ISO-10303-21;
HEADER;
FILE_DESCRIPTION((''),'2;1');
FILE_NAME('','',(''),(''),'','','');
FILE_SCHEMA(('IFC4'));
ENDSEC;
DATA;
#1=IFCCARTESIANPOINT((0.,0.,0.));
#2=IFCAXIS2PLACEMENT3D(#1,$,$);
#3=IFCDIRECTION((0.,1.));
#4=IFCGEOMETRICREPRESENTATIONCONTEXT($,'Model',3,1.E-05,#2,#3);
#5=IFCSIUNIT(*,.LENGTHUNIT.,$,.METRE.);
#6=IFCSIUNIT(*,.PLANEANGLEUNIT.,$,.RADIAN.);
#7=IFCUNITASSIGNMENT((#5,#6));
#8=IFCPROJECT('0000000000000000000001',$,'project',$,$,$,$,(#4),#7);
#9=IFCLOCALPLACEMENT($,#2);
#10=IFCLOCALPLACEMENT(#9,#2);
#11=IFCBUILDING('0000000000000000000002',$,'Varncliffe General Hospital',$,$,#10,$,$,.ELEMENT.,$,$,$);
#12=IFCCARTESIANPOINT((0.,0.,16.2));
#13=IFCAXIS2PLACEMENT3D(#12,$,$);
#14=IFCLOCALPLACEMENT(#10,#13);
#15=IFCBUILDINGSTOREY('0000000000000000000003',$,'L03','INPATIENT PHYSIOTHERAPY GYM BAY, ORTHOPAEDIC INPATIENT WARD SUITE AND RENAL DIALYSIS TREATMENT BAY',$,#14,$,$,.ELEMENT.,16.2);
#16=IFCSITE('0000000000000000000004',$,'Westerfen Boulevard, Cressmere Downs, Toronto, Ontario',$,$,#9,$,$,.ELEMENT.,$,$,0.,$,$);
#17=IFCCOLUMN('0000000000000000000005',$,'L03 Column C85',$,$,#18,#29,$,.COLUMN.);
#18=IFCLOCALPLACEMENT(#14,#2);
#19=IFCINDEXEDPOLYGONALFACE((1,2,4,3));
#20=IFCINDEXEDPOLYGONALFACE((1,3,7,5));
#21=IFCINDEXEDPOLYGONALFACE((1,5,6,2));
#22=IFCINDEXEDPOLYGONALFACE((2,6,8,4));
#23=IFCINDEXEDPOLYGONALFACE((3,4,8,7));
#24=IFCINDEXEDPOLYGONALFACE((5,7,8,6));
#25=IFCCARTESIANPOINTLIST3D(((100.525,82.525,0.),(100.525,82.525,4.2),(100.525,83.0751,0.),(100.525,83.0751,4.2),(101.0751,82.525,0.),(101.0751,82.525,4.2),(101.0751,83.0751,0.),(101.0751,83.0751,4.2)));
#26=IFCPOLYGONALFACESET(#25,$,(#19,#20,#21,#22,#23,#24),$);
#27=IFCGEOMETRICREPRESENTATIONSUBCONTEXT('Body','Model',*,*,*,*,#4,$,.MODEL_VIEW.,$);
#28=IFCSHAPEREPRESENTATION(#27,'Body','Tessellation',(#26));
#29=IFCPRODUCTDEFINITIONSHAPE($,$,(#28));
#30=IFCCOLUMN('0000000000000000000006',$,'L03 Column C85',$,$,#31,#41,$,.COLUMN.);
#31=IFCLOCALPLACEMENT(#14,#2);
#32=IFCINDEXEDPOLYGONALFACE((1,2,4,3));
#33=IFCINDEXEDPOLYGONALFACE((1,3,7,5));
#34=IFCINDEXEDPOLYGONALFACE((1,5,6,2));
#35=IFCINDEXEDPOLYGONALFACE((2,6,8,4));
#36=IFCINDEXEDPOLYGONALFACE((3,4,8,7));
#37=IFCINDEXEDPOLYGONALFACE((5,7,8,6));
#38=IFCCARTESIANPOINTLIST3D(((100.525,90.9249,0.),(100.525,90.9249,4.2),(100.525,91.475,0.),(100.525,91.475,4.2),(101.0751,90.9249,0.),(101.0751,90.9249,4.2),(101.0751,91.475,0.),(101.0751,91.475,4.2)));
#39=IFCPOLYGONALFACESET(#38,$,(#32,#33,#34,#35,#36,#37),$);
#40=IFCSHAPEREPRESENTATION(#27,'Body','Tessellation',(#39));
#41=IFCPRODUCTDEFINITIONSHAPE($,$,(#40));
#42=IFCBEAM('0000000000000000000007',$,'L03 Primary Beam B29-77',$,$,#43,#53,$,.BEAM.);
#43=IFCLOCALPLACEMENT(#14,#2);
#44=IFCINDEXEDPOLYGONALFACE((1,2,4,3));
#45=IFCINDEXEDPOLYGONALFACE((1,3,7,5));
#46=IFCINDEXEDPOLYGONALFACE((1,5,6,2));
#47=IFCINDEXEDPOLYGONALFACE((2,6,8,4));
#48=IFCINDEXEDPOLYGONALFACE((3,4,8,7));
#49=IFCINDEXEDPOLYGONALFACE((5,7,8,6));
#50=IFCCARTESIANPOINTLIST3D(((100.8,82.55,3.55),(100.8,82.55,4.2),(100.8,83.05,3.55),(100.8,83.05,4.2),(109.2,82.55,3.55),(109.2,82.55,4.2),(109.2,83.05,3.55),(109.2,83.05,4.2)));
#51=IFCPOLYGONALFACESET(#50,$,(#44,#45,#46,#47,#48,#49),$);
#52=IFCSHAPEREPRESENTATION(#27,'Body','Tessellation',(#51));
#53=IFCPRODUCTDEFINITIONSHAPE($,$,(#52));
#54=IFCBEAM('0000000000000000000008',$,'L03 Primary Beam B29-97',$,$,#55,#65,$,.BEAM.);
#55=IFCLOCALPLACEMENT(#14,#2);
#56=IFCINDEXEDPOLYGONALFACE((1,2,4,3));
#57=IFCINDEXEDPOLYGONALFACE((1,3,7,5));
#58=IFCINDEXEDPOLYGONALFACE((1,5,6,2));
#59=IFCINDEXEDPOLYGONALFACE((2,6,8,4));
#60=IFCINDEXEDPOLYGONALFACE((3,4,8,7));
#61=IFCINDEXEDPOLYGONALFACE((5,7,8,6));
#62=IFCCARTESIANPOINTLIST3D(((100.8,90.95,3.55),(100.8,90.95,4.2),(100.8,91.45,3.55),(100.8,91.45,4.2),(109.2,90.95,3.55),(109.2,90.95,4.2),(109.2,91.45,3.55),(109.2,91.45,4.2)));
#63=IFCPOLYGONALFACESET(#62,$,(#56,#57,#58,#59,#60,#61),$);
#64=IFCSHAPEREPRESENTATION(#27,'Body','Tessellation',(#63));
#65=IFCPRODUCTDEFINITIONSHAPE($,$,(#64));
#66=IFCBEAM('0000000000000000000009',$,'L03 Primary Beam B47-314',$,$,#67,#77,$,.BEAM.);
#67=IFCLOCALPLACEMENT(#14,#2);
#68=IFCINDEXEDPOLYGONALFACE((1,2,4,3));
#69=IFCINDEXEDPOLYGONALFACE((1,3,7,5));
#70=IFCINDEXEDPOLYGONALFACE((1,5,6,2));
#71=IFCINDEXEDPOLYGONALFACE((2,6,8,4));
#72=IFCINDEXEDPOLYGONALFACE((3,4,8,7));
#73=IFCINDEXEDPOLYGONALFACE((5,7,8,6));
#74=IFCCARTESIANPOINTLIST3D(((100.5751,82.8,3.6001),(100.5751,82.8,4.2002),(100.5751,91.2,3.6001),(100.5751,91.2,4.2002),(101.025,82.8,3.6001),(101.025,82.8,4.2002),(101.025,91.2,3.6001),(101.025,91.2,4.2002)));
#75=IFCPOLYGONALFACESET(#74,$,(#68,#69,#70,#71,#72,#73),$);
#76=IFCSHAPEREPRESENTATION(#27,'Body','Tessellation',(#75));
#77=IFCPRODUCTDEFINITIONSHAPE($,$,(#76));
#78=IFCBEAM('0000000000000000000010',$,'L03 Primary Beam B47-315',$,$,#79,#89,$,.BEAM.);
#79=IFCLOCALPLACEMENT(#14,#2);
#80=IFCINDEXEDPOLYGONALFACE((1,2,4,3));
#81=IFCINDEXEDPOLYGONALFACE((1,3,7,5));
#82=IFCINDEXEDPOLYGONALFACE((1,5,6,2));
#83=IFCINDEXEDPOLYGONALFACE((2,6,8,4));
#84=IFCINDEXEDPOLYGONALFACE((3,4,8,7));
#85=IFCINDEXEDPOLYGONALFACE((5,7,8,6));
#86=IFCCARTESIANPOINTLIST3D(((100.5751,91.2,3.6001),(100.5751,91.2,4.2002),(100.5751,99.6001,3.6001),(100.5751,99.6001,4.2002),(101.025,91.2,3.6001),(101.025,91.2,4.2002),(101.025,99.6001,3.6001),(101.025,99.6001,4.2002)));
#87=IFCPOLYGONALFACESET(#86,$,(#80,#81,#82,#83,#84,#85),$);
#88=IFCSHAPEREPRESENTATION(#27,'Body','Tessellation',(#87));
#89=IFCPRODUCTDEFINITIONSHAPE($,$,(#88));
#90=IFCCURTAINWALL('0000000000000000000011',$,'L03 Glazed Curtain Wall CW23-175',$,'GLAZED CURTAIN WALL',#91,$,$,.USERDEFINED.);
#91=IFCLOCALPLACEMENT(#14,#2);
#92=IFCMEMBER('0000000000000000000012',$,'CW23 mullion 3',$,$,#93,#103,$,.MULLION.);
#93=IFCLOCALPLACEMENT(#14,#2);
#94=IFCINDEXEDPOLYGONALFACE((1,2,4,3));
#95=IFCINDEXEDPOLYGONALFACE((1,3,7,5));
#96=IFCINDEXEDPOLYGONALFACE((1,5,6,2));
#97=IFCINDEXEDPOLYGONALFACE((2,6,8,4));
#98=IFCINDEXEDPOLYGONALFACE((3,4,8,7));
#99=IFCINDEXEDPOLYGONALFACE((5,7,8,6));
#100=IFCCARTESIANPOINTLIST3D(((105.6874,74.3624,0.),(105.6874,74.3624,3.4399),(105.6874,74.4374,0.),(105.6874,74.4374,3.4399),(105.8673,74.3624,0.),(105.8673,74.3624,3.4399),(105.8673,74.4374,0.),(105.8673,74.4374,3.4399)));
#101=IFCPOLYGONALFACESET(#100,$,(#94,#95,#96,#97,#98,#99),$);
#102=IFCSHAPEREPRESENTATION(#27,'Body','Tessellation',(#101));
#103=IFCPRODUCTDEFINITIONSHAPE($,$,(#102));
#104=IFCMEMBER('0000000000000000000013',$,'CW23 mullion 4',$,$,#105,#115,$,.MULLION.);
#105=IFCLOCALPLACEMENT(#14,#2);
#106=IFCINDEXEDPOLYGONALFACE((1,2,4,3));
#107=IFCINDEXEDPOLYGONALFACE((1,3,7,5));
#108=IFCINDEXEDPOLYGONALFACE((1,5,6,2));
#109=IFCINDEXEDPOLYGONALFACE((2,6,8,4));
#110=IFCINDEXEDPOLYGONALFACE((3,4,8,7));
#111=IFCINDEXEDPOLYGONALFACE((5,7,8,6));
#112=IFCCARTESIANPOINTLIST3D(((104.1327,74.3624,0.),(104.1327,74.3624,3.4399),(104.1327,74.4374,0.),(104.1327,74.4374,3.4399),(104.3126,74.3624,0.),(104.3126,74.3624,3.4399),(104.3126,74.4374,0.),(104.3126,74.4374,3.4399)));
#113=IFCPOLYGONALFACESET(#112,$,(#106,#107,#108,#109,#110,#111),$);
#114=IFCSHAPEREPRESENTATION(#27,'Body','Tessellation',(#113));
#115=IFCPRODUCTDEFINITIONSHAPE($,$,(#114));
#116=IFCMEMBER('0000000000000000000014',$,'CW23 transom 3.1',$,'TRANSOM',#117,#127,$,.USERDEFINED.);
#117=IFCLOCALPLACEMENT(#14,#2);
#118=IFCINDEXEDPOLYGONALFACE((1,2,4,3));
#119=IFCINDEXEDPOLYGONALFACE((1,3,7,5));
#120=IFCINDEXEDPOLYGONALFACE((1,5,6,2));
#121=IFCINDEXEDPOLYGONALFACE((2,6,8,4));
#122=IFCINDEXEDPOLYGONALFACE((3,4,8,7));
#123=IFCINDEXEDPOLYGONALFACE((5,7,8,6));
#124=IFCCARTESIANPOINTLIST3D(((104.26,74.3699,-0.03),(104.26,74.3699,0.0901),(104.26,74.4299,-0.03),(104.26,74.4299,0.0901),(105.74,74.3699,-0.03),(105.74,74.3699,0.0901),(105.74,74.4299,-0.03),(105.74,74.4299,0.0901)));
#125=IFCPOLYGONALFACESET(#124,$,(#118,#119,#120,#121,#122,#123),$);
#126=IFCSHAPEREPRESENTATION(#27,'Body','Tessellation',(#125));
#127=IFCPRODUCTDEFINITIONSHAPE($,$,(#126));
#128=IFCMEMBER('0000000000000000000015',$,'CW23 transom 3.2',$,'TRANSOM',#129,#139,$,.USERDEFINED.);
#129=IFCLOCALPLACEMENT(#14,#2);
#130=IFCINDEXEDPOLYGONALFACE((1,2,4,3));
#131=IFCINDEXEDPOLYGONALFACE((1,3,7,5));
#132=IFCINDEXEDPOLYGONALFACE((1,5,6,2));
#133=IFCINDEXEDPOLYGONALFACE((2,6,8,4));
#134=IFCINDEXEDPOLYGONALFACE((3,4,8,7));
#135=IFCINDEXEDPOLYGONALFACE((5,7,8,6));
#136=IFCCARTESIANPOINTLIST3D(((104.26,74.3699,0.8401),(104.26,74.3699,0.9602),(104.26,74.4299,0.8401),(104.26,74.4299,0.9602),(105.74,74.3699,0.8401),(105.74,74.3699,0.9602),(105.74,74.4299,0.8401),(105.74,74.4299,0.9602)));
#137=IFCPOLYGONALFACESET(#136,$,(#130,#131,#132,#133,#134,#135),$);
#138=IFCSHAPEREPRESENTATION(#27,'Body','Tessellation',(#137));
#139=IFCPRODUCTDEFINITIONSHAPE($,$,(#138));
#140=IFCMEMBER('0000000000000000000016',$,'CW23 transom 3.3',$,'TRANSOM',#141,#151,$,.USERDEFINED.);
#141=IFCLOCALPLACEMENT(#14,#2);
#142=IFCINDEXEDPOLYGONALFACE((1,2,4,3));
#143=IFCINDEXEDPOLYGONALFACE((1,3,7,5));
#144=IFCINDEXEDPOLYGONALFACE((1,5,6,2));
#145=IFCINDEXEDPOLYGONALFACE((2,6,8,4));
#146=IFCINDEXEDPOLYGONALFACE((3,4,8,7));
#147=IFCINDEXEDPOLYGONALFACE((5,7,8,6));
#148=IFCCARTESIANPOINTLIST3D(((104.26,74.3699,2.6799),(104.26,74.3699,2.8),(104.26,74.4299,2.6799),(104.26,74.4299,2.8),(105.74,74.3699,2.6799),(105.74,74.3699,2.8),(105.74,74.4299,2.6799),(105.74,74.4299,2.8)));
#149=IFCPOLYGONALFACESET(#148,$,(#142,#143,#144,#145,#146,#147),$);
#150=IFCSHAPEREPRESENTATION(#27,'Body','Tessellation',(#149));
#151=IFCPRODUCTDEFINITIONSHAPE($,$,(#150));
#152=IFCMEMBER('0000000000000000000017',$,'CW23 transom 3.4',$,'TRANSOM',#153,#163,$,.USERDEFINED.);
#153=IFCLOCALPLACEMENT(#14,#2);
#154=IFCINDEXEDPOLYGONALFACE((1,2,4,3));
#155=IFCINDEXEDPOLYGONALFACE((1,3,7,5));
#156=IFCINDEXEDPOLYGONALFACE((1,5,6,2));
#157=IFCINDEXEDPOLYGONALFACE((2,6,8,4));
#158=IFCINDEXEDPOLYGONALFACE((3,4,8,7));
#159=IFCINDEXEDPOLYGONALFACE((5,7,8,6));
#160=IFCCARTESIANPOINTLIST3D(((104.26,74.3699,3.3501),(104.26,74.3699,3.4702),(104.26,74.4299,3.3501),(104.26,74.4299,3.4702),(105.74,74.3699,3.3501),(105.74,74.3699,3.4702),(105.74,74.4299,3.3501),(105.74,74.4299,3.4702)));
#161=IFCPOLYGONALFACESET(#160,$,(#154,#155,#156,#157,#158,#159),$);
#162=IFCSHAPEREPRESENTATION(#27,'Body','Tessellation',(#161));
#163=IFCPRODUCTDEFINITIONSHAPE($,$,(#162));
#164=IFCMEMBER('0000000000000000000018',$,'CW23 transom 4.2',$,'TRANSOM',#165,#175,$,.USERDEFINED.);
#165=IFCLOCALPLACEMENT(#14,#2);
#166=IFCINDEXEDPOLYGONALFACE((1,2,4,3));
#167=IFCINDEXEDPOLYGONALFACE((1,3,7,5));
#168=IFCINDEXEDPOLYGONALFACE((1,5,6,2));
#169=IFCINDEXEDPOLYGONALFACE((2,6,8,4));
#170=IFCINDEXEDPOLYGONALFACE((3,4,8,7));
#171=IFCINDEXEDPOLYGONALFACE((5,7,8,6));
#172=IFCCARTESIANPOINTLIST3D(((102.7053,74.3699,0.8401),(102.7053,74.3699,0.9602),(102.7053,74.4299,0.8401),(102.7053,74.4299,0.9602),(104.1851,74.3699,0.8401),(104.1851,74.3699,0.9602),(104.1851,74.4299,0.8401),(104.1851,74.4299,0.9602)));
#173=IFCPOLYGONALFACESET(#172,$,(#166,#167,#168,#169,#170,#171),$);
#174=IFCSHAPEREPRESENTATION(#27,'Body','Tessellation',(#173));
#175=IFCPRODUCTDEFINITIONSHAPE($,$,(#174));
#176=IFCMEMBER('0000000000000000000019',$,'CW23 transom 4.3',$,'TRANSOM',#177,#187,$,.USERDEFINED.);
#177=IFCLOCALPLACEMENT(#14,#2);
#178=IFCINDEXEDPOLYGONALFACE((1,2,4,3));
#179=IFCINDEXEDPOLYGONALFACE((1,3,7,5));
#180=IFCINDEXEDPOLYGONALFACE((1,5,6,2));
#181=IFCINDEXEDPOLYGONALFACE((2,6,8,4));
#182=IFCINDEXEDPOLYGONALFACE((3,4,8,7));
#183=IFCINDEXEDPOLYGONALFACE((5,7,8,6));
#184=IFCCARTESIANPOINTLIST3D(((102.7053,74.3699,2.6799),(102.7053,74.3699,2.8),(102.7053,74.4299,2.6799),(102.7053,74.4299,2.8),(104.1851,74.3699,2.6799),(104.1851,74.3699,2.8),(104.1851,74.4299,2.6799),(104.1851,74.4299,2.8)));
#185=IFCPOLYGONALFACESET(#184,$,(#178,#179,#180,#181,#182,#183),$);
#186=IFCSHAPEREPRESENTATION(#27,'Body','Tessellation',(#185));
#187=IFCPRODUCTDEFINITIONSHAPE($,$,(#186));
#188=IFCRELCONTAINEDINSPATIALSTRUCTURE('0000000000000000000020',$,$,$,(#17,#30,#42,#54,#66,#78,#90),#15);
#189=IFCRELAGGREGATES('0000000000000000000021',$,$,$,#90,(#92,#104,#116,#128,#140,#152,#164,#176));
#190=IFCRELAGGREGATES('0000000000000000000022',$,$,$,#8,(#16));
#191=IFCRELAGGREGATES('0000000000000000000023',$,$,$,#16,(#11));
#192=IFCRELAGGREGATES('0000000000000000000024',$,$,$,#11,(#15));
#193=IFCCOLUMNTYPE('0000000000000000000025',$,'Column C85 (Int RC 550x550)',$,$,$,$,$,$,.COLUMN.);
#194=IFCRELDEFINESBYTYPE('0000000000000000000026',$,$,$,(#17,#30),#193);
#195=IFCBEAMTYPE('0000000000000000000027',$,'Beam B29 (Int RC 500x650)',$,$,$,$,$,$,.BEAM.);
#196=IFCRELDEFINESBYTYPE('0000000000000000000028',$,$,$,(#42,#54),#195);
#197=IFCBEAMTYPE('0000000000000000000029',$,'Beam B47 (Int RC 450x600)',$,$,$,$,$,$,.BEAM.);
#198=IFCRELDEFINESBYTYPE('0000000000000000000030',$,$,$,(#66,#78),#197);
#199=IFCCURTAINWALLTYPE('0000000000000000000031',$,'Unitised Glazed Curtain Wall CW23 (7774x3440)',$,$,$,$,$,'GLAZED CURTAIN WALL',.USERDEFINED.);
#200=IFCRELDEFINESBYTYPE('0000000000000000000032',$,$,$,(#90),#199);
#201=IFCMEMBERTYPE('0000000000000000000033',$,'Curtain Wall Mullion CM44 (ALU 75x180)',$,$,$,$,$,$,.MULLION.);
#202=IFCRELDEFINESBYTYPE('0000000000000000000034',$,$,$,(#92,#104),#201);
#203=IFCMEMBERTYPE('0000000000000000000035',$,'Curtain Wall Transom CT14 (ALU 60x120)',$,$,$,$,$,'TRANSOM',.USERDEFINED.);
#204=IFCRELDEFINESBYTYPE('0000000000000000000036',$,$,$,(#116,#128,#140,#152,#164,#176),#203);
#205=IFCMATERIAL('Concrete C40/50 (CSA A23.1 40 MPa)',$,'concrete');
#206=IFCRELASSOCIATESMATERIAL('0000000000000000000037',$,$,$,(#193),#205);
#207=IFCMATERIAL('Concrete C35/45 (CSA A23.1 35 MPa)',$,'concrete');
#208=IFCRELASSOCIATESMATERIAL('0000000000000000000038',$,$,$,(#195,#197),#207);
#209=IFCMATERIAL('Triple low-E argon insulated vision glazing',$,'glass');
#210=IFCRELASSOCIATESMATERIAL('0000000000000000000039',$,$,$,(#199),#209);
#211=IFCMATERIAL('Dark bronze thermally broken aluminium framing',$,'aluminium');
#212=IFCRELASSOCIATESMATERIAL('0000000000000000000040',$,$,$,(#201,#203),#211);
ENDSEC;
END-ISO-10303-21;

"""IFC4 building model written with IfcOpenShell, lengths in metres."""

from ifc_helpers import new_model, si_unit, direction, frame, origin, origin_2d, place, context, subcontext, project, spatial, rectangle, extrude, material, material_profile, profile_set, type_object, element, aggregate, save


model = new_model("IFC4")

# Units and contexts
model_context = context("Model", 3, precision=1e-05, world=origin(), true_north=direction((0.0, 1.0)))
body_context = subcontext(model_context, "Body", "Model", "MODEL_VIEW")
ifc_project = project(units=[si_unit("LENGTHUNIT", "METRE"), si_unit("PLANEANGLEUNIT", "RADIAN")], contexts=[model_context])

# Site, building, storey
site_placement = place(None, origin())
site = spatial("IfcSite", under=ifc_project, at=site_placement, Name="Westerfen Boulevard, Cressmere Downs, Toronto, Ontario", CompositionType="ELEMENT", RefElevation=0.0)
building_placement = place(site_placement, origin())
building = spatial("IfcBuilding", under=site, at=building_placement, Name="Varncliffe General Hospital", CompositionType="ELEMENT")
storey_placement = place(building_placement, frame((0.0, 0.0, 16.2)))
storey = spatial("IfcBuildingStorey", under=building, at=storey_placement, Name="L03", Description="INPATIENT PHYSIOTHERAPY GYM BAY, ORTHOPAEDIC INPATIENT WARD SUITE AND RENAL DIALYSIS TREATMENT BAY", CompositionType="ELEMENT", Elevation=16.2)

# Columns
ifc_material_1 = material(Name="Concrete C40/50 (CSA A23.1 40 MPa)", Category="concrete")
ifc_material_profile_1 = material_profile(ifc_material_1, rectangle(XDim=0.55, YDim=0.55, at=origin_2d()), Name="RC 550x550")
ifc_profile_set_1 = profile_set([ifc_material_profile_1], Name="Concrete C40/50 (CSA A23.1 40 MPa)")
column_type = type_object("IfcColumnType", Name="Column C85 (Int RC 550x550)", PredefinedType="COLUMN", material=ifc_profile_set_1)
for number, where, z_axis, x_axis, name in (
    (1, (100.8, 82.8, 0.0), (0.0, 0.0, 1.0), (1.0, 0.0, 0.0), "L03 Column C85"),
    (2, (100.8, 91.2, 0.0), (0.0, 0.0, 1.0), (1.0, 0.0, 0.0), "L03 Column C85"),
):
    element("IfcColumn", number, at=place(storey_placement, frame(where, z_axis=z_axis, x_axis=x_axis)), inside=storey, type_object=column_type, Name=name, PredefinedType="COLUMN", context=body_context, shape_type="SweptSolid", body=[
        extrude(rectangle(XDim=0.55, YDim=0.55, at=origin_2d()), origin(), (0.0, 0.0, 1.0), 4.2),
    ])

# Beams
ifc_material_2 = material(Name="Concrete C35/45 (CSA A23.1 35 MPa)", Category="concrete")
ifc_material_profile_2 = material_profile(ifc_material_2, rectangle(XDim=0.5, YDim=0.6499, at=origin_2d()), Name="RC 500x650")
ifc_profile_set_2 = profile_set([ifc_material_profile_2], Name="Concrete C35/45 (CSA A23.1 35 MPa)")
beam_type_1 = type_object("IfcBeamType", Name="Beam B29 (Int RC 500x650)", PredefinedType="BEAM", material=ifc_profile_set_2)
for number, where, z_axis, x_axis, name in (
    (3, (100.8, 82.8, 3.875), (1.0, 0.0, 0.0), (0.0, 1.0, 0.0), "L03 Primary Beam B29-77"),
    (4, (100.8, 91.2, 3.875), (1.0, 0.0, 0.0), (0.0, 1.0, 0.0), "L03 Primary Beam B29-97"),
):
    element("IfcBeam", number, at=place(storey_placement, frame(where, z_axis=z_axis, x_axis=x_axis)), inside=storey, type_object=beam_type_1, Name=name, PredefinedType="BEAM", context=body_context, shape_type="SweptSolid", body=[
        extrude(rectangle(XDim=0.5, YDim=0.6499, at=origin_2d()), origin(), (0.0, 0.0, 1.0), 8.3999),
    ])
ifc_material_profile_3 = material_profile(ifc_material_2, rectangle(XDim=0.45, YDim=0.6001, at=origin_2d()), Name="RC 450x600")
ifc_profile_set_3 = profile_set([ifc_material_profile_3], Name="Concrete C35/45 (CSA A23.1 35 MPa)")
beam_type_2 = type_object("IfcBeamType", Name="Beam B47 (Int RC 450x600)", PredefinedType="BEAM", material=ifc_profile_set_3)
beam_1_placement = place(storey_placement, frame((100.8, 82.8, 3.9001), z_axis=(0.0, 1.0, 0.0), x_axis=(-1.0, 0.0, 0.0)))
element("IfcBeam", 5, at=beam_1_placement, inside=storey, type_object=beam_type_2, Name="L03 Primary Beam B47-314", PredefinedType="BEAM", context=body_context, shape_type="SweptSolid", body=[
    extrude(rectangle(XDim=0.45, YDim=0.6001, at=origin_2d()), origin(), (0.0, 0.0, 1.0), 8.3999),
])
beam_2_placement = place(storey_placement, frame((100.8, 91.2, 3.9001), z_axis=(0.0, 1.0, 0.0), x_axis=(-1.0, 0.0, 0.0)))
element("IfcBeam", 6, at=beam_2_placement, inside=storey, type_object=beam_type_2, Name="L03 Primary Beam B47-315", PredefinedType="BEAM", context=body_context, shape_type="SweptSolid", body=[
    extrude(rectangle(XDim=0.45, YDim=0.6001, at=origin_2d()), origin(), (0.0, 0.0, 1.0), 8.4001),
])

# Curtain wall, members
ifc_material_3 = material(Name="Triple low-E argon insulated vision glazing", Category="glass")
curtain_wall_type = type_object("IfcCurtainWallType", Name="Unitised Glazed Curtain Wall CW23 (7774x3440)", ElementType="GLAZED CURTAIN WALL", PredefinedType="USERDEFINED", material=ifc_material_3)
curtain_wall_placement = place(storey_placement, origin())
curtain_wall = element("IfcCurtainWall", 7, at=curtain_wall_placement, inside=storey, type_object=curtain_wall_type, Name="L03 Glazed Curtain Wall CW23-175", ObjectType="GLAZED CURTAIN WALL", PredefinedType="USERDEFINED")
ifc_material_4 = material(Name="Dark bronze thermally broken aluminium framing", Category="aluminium")
ifc_material_profile_4 = material_profile(ifc_material_4, rectangle(XDim=0.075, YDim=0.1799, at=origin_2d()), Name="ALU 75x180")
ifc_profile_set_4 = profile_set([ifc_material_profile_4], Name="Dark bronze thermally broken aluminium framing")
member_type_1 = type_object("IfcMemberType", Name="Curtain Wall Mullion CM44 (ALU 75x180)", PredefinedType="MULLION", material=ifc_profile_set_4)
member_1_placement = place(storey_placement, frame((105.7773, 74.3999, 0.0), z_axis=(0.0, 0.0, 1.0), x_axis=(0.0, -1.0, 0.0)))
member_1 = element("IfcMember", 8, at=member_1_placement, type_object=member_type_1, Name="CW23 mullion 3", PredefinedType="MULLION", context=body_context, shape_type="SweptSolid", body=[
    extrude(rectangle(XDim=0.075, YDim=0.1799, at=origin_2d()), origin(), (0.0, 0.0, 1.0), 3.4399),
])
member_2_placement = place(storey_placement, frame((104.2227, 74.3999, 0.0), z_axis=(0.0, 0.0, 1.0), x_axis=(0.0, -1.0, 0.0)))
member_2 = element("IfcMember", 9, at=member_2_placement, type_object=member_type_1, Name="CW23 mullion 4", PredefinedType="MULLION", context=body_context, shape_type="SweptSolid", body=[
    extrude(rectangle(XDim=0.075, YDim=0.1799, at=origin_2d()), origin(), (0.0, 0.0, 1.0), 3.4399),
])
ifc_material_profile_5 = material_profile(ifc_material_4, rectangle(XDim=0.0601, YDim=0.1201, at=origin_2d()), Name="ALU 60x120")
ifc_profile_set_5 = profile_set([ifc_material_profile_5], Name="Dark bronze thermally broken aluminium framing")
member_type_2 = type_object("IfcMemberType", Name="Curtain Wall Transom CT14 (ALU 60x120)", ElementType="TRANSOM", PredefinedType="USERDEFINED", material=ifc_profile_set_5)
member_3_placement = place(storey_placement, frame((105.74, 74.3999, 0.03), z_axis=(-1.0, 0.0, 0.0), x_axis=(0.0, -1.0, 0.0)))
member_3 = element("IfcMember", 10, at=member_3_placement, type_object=member_type_2, Name="CW23 transom 3.1", ObjectType="TRANSOM", PredefinedType="USERDEFINED", context=body_context, shape_type="SweptSolid", body=[
    extrude(rectangle(XDim=0.0601, YDim=0.1201, at=origin_2d()), origin(), (0.0, 0.0, 1.0), 1.48),
])
member_4_placement = place(storey_placement, frame((105.74, 74.3999, 0.9001), z_axis=(-1.0, 0.0, 0.0), x_axis=(0.0, -1.0, 0.0)))
member_4 = element("IfcMember", 11, at=member_4_placement, type_object=member_type_2, Name="CW23 transom 3.2", ObjectType="TRANSOM", PredefinedType="USERDEFINED", context=body_context, shape_type="SweptSolid", body=[
    extrude(rectangle(XDim=0.0601, YDim=0.1201, at=origin_2d()), origin(), (0.0, 0.0, 1.0), 1.48),
])
member_5_placement = place(storey_placement, frame((105.74, 74.3999, 2.74), z_axis=(-1.0, 0.0, 0.0), x_axis=(0.0, -1.0, 0.0)))
member_5 = element("IfcMember", 12, at=member_5_placement, type_object=member_type_2, Name="CW23 transom 3.3", ObjectType="TRANSOM", PredefinedType="USERDEFINED", context=body_context, shape_type="SweptSolid", body=[
    extrude(rectangle(XDim=0.0601, YDim=0.1201, at=origin_2d()), origin(), (0.0, 0.0, 1.0), 1.48),
])
member_6_placement = place(storey_placement, frame((105.74, 74.3999, 3.4102), z_axis=(-1.0, 0.0, 0.0), x_axis=(0.0, -1.0, 0.0)))
member_6 = element("IfcMember", 13, at=member_6_placement, type_object=member_type_2, Name="CW23 transom 3.4", ObjectType="TRANSOM", PredefinedType="USERDEFINED", context=body_context, shape_type="SweptSolid", body=[
    extrude(rectangle(XDim=0.0601, YDim=0.1201, at=origin_2d()), origin(), (0.0, 0.0, 1.0), 1.48),
])
member_7_placement = place(storey_placement, frame((104.1851, 74.3999, 0.9001), z_axis=(-1.0, 0.0, 0.0), x_axis=(0.0, -1.0, 0.0)))
member_7 = element("IfcMember", 14, at=member_7_placement, type_object=member_type_2, Name="CW23 transom 4.2", ObjectType="TRANSOM", PredefinedType="USERDEFINED", context=body_context, shape_type="SweptSolid", body=[
    extrude(rectangle(XDim=0.0601, YDim=0.1201, at=origin_2d()), origin(), (0.0, 0.0, 1.0), 1.4797),
])
member_8_placement = place(storey_placement, frame((104.1851, 74.3999, 2.74), z_axis=(-1.0, 0.0, 0.0), x_axis=(0.0, -1.0, 0.0)))
member_8 = element("IfcMember", 15, at=member_8_placement, type_object=member_type_2, Name="CW23 transom 4.3", ObjectType="TRANSOM", PredefinedType="USERDEFINED", context=body_context, shape_type="SweptSolid", body=[
    extrude(rectangle(XDim=0.0601, YDim=0.1201, at=origin_2d()), origin(), (0.0, 0.0, 1.0), 1.4797),
])
aggregate(curtain_wall, [member_1, member_2, member_3, member_4, member_5, member_6, member_7, member_8])

save(model, "model.ifc")
